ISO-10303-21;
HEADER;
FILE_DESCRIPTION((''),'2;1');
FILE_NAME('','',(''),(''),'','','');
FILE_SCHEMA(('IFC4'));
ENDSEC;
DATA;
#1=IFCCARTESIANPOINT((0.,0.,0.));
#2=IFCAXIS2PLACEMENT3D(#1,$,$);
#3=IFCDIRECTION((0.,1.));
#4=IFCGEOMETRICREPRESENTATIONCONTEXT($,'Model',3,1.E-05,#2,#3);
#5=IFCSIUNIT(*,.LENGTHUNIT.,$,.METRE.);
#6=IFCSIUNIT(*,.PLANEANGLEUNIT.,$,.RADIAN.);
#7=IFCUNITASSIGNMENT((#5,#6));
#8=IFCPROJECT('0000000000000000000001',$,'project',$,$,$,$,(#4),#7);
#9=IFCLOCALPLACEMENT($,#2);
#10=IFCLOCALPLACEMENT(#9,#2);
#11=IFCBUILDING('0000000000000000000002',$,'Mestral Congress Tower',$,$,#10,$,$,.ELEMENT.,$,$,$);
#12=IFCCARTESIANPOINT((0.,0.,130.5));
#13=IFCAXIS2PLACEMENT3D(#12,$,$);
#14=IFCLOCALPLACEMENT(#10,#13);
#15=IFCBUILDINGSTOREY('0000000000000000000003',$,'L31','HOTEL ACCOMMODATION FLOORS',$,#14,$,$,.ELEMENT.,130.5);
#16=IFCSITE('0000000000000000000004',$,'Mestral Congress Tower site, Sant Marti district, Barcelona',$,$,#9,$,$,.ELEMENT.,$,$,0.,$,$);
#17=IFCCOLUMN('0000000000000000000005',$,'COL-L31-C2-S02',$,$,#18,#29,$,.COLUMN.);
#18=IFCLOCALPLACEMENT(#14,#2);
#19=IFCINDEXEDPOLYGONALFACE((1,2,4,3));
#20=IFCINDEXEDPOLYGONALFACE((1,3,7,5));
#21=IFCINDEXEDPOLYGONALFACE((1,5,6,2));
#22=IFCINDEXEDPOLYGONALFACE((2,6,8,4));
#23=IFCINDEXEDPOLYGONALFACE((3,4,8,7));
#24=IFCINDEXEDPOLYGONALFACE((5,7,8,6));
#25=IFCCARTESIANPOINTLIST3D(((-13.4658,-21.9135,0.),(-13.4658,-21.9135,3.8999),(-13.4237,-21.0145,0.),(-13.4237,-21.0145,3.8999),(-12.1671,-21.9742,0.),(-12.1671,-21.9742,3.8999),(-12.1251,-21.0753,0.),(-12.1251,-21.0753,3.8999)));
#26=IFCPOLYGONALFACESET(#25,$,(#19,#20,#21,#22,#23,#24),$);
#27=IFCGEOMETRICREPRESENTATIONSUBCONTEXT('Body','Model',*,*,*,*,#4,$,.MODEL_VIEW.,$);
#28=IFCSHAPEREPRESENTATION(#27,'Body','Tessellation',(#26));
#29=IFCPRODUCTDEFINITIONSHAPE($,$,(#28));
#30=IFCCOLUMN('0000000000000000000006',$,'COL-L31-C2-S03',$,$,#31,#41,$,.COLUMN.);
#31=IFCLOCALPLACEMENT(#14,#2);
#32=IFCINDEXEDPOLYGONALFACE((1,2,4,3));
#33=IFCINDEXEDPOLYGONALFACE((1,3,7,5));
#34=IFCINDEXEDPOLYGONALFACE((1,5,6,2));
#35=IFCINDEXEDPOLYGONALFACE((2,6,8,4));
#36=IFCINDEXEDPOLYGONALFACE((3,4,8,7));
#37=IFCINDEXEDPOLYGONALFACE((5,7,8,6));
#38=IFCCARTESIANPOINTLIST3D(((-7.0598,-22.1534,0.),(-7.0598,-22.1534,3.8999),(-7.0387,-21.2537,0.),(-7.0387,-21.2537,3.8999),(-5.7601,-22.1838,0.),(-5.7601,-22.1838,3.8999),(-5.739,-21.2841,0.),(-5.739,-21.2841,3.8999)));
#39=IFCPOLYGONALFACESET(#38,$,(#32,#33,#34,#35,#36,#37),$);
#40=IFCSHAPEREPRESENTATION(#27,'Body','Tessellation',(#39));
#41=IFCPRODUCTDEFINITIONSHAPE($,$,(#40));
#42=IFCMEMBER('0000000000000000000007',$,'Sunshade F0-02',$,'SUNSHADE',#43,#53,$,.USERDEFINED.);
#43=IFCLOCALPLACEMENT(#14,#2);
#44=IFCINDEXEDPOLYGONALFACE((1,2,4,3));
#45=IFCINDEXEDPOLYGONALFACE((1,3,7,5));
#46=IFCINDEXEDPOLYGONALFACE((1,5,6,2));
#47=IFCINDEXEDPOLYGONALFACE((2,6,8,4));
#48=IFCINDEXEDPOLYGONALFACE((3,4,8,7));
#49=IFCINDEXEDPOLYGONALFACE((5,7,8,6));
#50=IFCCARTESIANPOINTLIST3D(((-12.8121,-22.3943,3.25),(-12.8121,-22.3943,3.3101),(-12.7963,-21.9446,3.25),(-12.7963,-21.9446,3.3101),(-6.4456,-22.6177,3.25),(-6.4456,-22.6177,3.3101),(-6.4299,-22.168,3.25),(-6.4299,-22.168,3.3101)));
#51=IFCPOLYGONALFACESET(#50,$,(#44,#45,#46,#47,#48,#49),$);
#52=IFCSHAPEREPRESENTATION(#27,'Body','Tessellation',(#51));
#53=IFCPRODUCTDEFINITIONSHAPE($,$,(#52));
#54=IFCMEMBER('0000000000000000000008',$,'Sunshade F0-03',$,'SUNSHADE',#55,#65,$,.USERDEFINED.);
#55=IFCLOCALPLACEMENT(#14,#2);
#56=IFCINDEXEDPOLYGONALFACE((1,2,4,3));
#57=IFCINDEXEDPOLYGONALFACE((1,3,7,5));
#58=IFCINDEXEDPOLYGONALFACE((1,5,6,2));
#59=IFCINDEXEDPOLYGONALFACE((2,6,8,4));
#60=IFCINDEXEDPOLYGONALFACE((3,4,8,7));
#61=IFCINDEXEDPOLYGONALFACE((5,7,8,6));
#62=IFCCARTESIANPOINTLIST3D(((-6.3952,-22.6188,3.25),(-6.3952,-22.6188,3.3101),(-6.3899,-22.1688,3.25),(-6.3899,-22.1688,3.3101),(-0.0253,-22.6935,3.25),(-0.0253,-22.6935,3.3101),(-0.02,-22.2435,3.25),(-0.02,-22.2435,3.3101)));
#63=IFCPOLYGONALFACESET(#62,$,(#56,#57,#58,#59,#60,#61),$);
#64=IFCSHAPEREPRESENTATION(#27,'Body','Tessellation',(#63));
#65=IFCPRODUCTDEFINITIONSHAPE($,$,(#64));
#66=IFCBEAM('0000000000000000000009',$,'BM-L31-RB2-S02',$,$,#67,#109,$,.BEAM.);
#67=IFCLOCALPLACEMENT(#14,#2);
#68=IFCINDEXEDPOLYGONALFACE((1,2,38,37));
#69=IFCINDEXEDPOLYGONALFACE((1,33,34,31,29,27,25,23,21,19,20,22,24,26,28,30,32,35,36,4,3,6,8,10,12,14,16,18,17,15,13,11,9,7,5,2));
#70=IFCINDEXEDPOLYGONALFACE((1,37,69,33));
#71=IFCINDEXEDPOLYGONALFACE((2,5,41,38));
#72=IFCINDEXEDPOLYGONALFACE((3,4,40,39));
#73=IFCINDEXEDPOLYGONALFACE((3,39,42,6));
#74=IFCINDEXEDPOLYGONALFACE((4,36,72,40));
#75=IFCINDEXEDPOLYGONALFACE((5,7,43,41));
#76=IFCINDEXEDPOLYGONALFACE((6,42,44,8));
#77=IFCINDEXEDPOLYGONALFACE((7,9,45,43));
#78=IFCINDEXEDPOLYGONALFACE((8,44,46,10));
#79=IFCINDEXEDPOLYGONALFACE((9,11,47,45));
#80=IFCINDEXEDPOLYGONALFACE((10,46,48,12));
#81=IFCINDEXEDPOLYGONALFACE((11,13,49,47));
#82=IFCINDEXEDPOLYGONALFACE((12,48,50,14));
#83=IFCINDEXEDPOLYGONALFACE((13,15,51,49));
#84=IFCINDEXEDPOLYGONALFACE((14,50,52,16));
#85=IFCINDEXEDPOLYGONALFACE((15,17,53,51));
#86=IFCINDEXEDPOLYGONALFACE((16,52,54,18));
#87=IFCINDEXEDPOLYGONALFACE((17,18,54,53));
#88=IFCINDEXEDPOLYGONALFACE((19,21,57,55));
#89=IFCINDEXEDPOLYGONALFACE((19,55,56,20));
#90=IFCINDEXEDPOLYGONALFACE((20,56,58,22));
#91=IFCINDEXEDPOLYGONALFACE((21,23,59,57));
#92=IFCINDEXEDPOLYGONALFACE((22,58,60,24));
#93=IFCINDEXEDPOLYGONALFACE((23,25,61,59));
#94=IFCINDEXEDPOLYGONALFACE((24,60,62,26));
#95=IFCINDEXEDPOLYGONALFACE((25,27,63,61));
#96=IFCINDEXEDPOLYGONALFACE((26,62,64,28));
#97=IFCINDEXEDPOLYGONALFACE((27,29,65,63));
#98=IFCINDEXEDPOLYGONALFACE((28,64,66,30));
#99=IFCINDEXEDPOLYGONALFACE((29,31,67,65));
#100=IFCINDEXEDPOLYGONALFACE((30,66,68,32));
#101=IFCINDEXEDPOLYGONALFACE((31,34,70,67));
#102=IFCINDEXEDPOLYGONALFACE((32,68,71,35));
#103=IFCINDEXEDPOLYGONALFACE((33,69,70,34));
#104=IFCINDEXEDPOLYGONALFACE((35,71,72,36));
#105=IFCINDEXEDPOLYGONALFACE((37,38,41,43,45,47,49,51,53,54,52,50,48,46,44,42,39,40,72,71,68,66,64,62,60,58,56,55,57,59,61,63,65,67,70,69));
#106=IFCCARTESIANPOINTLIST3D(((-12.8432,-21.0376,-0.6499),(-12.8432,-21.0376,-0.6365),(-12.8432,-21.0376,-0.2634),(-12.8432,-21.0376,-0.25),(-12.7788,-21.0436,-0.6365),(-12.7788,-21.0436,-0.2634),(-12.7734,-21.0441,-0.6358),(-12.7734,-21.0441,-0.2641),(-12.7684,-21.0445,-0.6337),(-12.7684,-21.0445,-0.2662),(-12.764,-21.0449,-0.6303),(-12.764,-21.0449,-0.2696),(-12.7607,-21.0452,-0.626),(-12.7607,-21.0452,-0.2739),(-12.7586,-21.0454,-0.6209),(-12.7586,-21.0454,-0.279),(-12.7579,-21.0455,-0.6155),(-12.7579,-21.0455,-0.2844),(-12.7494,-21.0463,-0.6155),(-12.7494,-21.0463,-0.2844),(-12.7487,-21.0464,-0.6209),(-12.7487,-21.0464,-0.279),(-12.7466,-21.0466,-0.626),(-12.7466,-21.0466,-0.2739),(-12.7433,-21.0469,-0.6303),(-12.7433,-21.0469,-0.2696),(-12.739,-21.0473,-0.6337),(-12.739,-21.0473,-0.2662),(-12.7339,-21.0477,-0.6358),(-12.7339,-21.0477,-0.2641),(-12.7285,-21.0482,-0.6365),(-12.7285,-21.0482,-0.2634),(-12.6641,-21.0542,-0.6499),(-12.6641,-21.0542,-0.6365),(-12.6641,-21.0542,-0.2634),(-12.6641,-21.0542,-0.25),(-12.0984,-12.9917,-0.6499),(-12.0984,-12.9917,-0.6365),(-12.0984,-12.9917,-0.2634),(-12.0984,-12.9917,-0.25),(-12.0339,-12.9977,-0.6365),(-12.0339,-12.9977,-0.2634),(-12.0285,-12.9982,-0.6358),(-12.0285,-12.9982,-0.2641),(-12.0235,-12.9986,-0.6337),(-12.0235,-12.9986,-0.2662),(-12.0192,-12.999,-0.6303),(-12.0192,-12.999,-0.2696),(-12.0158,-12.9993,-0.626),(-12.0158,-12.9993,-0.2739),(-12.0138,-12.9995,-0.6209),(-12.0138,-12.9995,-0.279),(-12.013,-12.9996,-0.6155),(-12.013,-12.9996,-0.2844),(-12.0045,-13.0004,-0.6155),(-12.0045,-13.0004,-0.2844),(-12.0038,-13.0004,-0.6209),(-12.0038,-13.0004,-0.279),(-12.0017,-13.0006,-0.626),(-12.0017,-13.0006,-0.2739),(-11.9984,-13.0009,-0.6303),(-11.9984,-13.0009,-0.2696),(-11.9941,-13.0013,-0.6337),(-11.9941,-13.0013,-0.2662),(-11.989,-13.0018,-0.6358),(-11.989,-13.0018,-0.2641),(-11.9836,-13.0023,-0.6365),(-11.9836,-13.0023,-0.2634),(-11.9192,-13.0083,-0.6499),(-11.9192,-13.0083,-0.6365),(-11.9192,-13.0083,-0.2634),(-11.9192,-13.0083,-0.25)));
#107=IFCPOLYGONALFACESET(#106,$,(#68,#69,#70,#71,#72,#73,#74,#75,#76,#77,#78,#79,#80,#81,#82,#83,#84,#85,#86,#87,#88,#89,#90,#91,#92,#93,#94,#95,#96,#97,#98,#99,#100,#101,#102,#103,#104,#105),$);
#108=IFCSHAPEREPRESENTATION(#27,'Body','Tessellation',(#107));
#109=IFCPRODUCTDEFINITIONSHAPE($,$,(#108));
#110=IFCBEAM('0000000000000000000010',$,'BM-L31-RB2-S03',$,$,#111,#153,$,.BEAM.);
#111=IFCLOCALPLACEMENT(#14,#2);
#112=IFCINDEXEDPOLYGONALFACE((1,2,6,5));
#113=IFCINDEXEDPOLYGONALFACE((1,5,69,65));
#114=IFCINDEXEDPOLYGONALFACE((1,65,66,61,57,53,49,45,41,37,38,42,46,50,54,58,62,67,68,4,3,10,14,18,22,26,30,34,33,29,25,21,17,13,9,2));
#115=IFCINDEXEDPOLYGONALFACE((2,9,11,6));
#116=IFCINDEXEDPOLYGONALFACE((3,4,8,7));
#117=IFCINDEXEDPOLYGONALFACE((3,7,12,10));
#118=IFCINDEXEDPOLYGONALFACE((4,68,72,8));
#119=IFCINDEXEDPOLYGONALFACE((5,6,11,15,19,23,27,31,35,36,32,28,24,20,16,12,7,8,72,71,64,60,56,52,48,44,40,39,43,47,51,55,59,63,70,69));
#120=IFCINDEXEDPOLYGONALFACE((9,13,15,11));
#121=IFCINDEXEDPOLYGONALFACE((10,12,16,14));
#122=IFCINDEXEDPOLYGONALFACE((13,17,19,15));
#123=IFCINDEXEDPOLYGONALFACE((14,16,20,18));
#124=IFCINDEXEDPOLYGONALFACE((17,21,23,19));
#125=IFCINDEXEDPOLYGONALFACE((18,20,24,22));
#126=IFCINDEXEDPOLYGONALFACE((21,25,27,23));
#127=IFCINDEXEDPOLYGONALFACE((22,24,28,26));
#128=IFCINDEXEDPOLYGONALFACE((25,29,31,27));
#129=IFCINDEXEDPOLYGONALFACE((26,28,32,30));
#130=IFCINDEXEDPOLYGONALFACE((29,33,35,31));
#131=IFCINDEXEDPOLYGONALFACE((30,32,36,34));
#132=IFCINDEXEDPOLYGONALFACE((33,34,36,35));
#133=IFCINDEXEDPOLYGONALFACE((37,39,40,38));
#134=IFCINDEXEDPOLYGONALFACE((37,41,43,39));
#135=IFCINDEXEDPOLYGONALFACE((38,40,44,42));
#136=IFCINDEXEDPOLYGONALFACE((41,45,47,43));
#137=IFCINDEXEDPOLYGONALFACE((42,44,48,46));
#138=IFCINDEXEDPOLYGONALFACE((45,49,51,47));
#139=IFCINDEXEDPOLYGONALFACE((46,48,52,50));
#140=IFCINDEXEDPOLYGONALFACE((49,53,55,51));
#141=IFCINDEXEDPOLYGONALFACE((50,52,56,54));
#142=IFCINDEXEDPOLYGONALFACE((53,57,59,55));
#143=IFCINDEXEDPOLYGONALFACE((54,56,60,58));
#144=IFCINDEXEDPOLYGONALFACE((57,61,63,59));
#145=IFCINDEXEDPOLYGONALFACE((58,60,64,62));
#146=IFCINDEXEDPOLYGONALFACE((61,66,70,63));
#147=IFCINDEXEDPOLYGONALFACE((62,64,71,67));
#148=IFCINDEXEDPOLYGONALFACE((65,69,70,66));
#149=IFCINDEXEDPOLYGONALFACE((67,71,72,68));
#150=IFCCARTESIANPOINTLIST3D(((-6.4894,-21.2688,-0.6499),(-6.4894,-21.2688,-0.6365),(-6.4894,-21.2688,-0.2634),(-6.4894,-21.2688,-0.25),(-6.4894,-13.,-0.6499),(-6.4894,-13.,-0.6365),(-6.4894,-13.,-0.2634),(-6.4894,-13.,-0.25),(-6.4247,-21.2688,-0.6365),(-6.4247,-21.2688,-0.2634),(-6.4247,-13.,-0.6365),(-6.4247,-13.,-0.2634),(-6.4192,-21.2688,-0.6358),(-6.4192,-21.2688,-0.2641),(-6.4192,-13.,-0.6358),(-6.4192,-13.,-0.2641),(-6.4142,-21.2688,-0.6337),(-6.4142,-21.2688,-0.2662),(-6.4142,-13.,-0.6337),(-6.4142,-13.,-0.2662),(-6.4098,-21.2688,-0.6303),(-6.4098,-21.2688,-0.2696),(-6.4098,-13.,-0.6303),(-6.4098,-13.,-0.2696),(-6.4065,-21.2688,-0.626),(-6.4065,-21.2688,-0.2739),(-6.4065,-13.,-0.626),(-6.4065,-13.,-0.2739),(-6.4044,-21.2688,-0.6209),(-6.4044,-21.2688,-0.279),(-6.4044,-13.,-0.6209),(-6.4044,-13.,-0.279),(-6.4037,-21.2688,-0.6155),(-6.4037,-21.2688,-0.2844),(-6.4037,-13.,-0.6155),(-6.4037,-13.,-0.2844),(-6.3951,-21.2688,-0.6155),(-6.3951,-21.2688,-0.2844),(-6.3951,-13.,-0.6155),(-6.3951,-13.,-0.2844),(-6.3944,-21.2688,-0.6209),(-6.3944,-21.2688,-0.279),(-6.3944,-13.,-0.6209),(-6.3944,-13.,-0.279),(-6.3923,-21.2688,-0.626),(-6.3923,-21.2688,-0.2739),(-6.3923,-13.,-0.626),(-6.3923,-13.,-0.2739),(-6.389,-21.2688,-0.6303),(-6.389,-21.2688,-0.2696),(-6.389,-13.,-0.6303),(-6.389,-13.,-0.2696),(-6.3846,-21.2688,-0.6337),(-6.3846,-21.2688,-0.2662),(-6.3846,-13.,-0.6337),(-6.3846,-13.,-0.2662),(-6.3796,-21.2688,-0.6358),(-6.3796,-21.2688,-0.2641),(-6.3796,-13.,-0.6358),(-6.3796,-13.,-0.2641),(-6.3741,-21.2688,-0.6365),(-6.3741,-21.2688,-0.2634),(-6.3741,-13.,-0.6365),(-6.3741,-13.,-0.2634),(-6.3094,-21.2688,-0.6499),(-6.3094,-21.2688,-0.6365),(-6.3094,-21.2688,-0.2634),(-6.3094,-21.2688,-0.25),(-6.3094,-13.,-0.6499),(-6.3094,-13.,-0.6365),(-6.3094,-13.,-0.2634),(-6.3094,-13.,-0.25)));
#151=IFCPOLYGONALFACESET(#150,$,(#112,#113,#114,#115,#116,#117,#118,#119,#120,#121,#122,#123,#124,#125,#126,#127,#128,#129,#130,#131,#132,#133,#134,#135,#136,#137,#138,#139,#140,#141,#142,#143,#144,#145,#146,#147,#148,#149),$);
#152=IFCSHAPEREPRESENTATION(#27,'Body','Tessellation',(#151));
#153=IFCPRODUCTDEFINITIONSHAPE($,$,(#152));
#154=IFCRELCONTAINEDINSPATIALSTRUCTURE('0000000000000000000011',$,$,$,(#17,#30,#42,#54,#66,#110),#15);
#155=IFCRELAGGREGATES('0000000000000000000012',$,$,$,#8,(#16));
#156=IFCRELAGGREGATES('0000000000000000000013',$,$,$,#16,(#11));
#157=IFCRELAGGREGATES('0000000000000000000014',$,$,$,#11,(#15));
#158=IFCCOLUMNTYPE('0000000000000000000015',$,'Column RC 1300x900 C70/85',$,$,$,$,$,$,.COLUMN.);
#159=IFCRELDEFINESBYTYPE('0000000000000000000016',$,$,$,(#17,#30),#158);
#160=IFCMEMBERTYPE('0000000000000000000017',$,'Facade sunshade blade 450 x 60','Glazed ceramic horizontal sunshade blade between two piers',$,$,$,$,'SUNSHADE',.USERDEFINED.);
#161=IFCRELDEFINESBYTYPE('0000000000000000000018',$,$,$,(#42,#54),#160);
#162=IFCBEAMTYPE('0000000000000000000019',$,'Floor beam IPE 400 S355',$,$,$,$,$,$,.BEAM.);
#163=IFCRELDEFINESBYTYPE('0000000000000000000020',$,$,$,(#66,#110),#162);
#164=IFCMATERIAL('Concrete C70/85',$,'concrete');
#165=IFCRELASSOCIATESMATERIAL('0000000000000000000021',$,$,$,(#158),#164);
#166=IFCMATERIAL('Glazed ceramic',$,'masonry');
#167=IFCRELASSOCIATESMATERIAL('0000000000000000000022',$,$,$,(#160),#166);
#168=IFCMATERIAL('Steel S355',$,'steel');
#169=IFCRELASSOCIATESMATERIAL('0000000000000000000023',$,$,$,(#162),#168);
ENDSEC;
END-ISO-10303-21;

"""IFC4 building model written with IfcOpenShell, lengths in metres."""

from ifc_helpers import new_model, si_unit, direction, frame, origin, origin_2d, place, context, subcontext, project, spatial, rectangle, i_section, extrude, material, material_profile, profile_set, type_object, element, save


model = new_model("IFC4")

# Units and contexts
model_context = context("Model", 3, precision=1e-05, world=origin(), true_north=direction((0.0, 1.0)))
body_context = subcontext(model_context, "Body", "Model", "MODEL_VIEW")
ifc_project = project(units=[si_unit("LENGTHUNIT", "METRE"), si_unit("PLANEANGLEUNIT", "RADIAN")], contexts=[model_context])

# Site, building, storey
site_placement = place(None, origin())
site = spatial("IfcSite", under=ifc_project, at=site_placement, Name="Mestral Congress Tower site, Sant Marti district, Barcelona", CompositionType="ELEMENT", RefElevation=0.0)
building_placement = place(site_placement, origin())
building = spatial("IfcBuilding", under=site, at=building_placement, Name="Mestral Congress Tower", CompositionType="ELEMENT")
storey_placement = place(building_placement, frame((0.0, 0.0, 130.5)))
storey = spatial("IfcBuildingStorey", under=building, at=storey_placement, Name="L31", Description="HOTEL ACCOMMODATION FLOORS", CompositionType="ELEMENT", Elevation=130.5)

# Columns
ifc_material_1 = material(Name="Concrete C70/85", Category="concrete")
ifc_material_profile_1 = material_profile(ifc_material_1, rectangle(XDim=1.3, YDim=0.8999, at=origin_2d()), Name="RC 1300x900")
ifc_profile_set_1 = profile_set([ifc_material_profile_1], Name="Concrete C70/85")
column_type = type_object("IfcColumnType", Name="Column RC 1300x900 C70/85", PredefinedType="COLUMN", material=ifc_profile_set_1)
for number, where, z_axis, x_axis, name in (
    (1, (-12.7954, -21.4944, 0.0), (0.0, 0.0, 1.0), (0.998906, -0.046756, 0.0), "COL-L31-C2-S02"),
    (2, (-6.3994, -21.7188, 0.0), (0.0, 0.0, 1.0), (0.999727, -0.023384, 0.0), "COL-L31-C2-S03"),
):
    element("IfcColumn", number, at=place(storey_placement, frame(where, z_axis=z_axis, x_axis=x_axis)), inside=storey, type_object=column_type, Name=name, PredefinedType="COLUMN", context=body_context, shape_type="SweptSolid", body=[
        extrude(rectangle(XDim=1.3, YDim=0.8999, at=origin_2d()), origin(), (0.0, 0.0, 1.0), 3.8999),
    ])

# Members
ifc_material_2 = material(Name="Glazed ceramic", Category="masonry")
ifc_material_profile_2 = material_profile(ifc_material_2, rectangle(XDim=0.45, YDim=0.0601, at=origin_2d()), Name="Ceramic blade 450 x 60")
ifc_profile_set_2 = profile_set([ifc_material_profile_2], Name="Glazed ceramic")
member_type = type_object("IfcMemberType", Name="Facade sunshade blade 450 x 60", Description="Glazed ceramic horizontal sunshade blade between two piers", ElementType="SUNSHADE", PredefinedType="USERDEFINED", material=ifc_profile_set_2)
for number, where, z_axis, x_axis, name in (
    (3, (-12.8042, -22.1694, 3.28), (0.999385, -0.035067, 0.0), (0.035067, 0.999385, 0.0), "Sunshade F0-02"),
    (4, (-6.3926, -22.3938, 3.28), (0.999931, -0.011727, 0.0), (0.011727, 0.999931, 0.0), "Sunshade F0-03"),
):
    element("IfcMember", number, at=place(storey_placement, frame(where, z_axis=z_axis, x_axis=x_axis)), inside=storey, type_object=member_type, Name=name, ObjectType="SUNSHADE", PredefinedType="USERDEFINED", context=body_context, shape_type="SweptSolid", body=[
        extrude(rectangle(XDim=0.45, YDim=0.0601, at=origin_2d()), origin(), (0.0, 0.0, 1.0), 6.3704),
    ])

# Beams
ifc_material_3 = material(Name="Steel S355", Category="steel")
ifc_material_profile_3 = material_profile(ifc_material_3, i_section(OverallWidth=0.1799, OverallDepth=0.3999, WebThickness=0.0085, FlangeThickness=0.0134, FilletRadius=0.021, at=origin_2d()), Name="IPE 400")
ifc_profile_set_3 = profile_set([ifc_material_profile_3], Name="Steel S355")
beam_type_1 = type_object("IfcBeamType", Name="Floor beam IPE 400 S355", PredefinedType="BEAM", material=ifc_profile_set_3)
beam_1_placement = place(storey_placement, frame((-12.7537, -21.0459, -0.45), z_axis=(0.092184, 0.995742, 0.0), x_axis=(-0.995742, 0.092184, 0.0)))
element("IfcBeam", 5, at=beam_1_placement, inside=storey, type_object=beam_type_1, Name="BM-L31-RB2-S02", PredefinedType="BEAM", context=body_context, shape_type="SweptSolid", body=[
    extrude(i_section(OverallWidth=0.1799, OverallDepth=0.3999, WebThickness=0.0085, FlangeThickness=0.0134, FilletRadius=0.021, at=origin_2d()), origin(), (0.0, 0.0, 1.0), 8.0803),
])
beam_2_placement = place(storey_placement, frame((-6.3994, -21.2688, -0.45), z_axis=(0.0, 1.0, 0.0), x_axis=(-1.0, 0.0, 0.0)))
element("IfcBeam", 6, at=beam_2_placement, inside=storey, type_object=beam_type_1, Name="BM-L31-RB2-S03", PredefinedType="BEAM", context=body_context, shape_type="SweptSolid", body=[
    extrude(i_section(OverallWidth=0.1799, OverallDepth=0.3999, WebThickness=0.0085, FlangeThickness=0.0134, FilletRadius=0.021, at=origin_2d()), origin(), (0.0, 0.0, 1.0), 8.2688),
])

save(model, "model.ifc")
